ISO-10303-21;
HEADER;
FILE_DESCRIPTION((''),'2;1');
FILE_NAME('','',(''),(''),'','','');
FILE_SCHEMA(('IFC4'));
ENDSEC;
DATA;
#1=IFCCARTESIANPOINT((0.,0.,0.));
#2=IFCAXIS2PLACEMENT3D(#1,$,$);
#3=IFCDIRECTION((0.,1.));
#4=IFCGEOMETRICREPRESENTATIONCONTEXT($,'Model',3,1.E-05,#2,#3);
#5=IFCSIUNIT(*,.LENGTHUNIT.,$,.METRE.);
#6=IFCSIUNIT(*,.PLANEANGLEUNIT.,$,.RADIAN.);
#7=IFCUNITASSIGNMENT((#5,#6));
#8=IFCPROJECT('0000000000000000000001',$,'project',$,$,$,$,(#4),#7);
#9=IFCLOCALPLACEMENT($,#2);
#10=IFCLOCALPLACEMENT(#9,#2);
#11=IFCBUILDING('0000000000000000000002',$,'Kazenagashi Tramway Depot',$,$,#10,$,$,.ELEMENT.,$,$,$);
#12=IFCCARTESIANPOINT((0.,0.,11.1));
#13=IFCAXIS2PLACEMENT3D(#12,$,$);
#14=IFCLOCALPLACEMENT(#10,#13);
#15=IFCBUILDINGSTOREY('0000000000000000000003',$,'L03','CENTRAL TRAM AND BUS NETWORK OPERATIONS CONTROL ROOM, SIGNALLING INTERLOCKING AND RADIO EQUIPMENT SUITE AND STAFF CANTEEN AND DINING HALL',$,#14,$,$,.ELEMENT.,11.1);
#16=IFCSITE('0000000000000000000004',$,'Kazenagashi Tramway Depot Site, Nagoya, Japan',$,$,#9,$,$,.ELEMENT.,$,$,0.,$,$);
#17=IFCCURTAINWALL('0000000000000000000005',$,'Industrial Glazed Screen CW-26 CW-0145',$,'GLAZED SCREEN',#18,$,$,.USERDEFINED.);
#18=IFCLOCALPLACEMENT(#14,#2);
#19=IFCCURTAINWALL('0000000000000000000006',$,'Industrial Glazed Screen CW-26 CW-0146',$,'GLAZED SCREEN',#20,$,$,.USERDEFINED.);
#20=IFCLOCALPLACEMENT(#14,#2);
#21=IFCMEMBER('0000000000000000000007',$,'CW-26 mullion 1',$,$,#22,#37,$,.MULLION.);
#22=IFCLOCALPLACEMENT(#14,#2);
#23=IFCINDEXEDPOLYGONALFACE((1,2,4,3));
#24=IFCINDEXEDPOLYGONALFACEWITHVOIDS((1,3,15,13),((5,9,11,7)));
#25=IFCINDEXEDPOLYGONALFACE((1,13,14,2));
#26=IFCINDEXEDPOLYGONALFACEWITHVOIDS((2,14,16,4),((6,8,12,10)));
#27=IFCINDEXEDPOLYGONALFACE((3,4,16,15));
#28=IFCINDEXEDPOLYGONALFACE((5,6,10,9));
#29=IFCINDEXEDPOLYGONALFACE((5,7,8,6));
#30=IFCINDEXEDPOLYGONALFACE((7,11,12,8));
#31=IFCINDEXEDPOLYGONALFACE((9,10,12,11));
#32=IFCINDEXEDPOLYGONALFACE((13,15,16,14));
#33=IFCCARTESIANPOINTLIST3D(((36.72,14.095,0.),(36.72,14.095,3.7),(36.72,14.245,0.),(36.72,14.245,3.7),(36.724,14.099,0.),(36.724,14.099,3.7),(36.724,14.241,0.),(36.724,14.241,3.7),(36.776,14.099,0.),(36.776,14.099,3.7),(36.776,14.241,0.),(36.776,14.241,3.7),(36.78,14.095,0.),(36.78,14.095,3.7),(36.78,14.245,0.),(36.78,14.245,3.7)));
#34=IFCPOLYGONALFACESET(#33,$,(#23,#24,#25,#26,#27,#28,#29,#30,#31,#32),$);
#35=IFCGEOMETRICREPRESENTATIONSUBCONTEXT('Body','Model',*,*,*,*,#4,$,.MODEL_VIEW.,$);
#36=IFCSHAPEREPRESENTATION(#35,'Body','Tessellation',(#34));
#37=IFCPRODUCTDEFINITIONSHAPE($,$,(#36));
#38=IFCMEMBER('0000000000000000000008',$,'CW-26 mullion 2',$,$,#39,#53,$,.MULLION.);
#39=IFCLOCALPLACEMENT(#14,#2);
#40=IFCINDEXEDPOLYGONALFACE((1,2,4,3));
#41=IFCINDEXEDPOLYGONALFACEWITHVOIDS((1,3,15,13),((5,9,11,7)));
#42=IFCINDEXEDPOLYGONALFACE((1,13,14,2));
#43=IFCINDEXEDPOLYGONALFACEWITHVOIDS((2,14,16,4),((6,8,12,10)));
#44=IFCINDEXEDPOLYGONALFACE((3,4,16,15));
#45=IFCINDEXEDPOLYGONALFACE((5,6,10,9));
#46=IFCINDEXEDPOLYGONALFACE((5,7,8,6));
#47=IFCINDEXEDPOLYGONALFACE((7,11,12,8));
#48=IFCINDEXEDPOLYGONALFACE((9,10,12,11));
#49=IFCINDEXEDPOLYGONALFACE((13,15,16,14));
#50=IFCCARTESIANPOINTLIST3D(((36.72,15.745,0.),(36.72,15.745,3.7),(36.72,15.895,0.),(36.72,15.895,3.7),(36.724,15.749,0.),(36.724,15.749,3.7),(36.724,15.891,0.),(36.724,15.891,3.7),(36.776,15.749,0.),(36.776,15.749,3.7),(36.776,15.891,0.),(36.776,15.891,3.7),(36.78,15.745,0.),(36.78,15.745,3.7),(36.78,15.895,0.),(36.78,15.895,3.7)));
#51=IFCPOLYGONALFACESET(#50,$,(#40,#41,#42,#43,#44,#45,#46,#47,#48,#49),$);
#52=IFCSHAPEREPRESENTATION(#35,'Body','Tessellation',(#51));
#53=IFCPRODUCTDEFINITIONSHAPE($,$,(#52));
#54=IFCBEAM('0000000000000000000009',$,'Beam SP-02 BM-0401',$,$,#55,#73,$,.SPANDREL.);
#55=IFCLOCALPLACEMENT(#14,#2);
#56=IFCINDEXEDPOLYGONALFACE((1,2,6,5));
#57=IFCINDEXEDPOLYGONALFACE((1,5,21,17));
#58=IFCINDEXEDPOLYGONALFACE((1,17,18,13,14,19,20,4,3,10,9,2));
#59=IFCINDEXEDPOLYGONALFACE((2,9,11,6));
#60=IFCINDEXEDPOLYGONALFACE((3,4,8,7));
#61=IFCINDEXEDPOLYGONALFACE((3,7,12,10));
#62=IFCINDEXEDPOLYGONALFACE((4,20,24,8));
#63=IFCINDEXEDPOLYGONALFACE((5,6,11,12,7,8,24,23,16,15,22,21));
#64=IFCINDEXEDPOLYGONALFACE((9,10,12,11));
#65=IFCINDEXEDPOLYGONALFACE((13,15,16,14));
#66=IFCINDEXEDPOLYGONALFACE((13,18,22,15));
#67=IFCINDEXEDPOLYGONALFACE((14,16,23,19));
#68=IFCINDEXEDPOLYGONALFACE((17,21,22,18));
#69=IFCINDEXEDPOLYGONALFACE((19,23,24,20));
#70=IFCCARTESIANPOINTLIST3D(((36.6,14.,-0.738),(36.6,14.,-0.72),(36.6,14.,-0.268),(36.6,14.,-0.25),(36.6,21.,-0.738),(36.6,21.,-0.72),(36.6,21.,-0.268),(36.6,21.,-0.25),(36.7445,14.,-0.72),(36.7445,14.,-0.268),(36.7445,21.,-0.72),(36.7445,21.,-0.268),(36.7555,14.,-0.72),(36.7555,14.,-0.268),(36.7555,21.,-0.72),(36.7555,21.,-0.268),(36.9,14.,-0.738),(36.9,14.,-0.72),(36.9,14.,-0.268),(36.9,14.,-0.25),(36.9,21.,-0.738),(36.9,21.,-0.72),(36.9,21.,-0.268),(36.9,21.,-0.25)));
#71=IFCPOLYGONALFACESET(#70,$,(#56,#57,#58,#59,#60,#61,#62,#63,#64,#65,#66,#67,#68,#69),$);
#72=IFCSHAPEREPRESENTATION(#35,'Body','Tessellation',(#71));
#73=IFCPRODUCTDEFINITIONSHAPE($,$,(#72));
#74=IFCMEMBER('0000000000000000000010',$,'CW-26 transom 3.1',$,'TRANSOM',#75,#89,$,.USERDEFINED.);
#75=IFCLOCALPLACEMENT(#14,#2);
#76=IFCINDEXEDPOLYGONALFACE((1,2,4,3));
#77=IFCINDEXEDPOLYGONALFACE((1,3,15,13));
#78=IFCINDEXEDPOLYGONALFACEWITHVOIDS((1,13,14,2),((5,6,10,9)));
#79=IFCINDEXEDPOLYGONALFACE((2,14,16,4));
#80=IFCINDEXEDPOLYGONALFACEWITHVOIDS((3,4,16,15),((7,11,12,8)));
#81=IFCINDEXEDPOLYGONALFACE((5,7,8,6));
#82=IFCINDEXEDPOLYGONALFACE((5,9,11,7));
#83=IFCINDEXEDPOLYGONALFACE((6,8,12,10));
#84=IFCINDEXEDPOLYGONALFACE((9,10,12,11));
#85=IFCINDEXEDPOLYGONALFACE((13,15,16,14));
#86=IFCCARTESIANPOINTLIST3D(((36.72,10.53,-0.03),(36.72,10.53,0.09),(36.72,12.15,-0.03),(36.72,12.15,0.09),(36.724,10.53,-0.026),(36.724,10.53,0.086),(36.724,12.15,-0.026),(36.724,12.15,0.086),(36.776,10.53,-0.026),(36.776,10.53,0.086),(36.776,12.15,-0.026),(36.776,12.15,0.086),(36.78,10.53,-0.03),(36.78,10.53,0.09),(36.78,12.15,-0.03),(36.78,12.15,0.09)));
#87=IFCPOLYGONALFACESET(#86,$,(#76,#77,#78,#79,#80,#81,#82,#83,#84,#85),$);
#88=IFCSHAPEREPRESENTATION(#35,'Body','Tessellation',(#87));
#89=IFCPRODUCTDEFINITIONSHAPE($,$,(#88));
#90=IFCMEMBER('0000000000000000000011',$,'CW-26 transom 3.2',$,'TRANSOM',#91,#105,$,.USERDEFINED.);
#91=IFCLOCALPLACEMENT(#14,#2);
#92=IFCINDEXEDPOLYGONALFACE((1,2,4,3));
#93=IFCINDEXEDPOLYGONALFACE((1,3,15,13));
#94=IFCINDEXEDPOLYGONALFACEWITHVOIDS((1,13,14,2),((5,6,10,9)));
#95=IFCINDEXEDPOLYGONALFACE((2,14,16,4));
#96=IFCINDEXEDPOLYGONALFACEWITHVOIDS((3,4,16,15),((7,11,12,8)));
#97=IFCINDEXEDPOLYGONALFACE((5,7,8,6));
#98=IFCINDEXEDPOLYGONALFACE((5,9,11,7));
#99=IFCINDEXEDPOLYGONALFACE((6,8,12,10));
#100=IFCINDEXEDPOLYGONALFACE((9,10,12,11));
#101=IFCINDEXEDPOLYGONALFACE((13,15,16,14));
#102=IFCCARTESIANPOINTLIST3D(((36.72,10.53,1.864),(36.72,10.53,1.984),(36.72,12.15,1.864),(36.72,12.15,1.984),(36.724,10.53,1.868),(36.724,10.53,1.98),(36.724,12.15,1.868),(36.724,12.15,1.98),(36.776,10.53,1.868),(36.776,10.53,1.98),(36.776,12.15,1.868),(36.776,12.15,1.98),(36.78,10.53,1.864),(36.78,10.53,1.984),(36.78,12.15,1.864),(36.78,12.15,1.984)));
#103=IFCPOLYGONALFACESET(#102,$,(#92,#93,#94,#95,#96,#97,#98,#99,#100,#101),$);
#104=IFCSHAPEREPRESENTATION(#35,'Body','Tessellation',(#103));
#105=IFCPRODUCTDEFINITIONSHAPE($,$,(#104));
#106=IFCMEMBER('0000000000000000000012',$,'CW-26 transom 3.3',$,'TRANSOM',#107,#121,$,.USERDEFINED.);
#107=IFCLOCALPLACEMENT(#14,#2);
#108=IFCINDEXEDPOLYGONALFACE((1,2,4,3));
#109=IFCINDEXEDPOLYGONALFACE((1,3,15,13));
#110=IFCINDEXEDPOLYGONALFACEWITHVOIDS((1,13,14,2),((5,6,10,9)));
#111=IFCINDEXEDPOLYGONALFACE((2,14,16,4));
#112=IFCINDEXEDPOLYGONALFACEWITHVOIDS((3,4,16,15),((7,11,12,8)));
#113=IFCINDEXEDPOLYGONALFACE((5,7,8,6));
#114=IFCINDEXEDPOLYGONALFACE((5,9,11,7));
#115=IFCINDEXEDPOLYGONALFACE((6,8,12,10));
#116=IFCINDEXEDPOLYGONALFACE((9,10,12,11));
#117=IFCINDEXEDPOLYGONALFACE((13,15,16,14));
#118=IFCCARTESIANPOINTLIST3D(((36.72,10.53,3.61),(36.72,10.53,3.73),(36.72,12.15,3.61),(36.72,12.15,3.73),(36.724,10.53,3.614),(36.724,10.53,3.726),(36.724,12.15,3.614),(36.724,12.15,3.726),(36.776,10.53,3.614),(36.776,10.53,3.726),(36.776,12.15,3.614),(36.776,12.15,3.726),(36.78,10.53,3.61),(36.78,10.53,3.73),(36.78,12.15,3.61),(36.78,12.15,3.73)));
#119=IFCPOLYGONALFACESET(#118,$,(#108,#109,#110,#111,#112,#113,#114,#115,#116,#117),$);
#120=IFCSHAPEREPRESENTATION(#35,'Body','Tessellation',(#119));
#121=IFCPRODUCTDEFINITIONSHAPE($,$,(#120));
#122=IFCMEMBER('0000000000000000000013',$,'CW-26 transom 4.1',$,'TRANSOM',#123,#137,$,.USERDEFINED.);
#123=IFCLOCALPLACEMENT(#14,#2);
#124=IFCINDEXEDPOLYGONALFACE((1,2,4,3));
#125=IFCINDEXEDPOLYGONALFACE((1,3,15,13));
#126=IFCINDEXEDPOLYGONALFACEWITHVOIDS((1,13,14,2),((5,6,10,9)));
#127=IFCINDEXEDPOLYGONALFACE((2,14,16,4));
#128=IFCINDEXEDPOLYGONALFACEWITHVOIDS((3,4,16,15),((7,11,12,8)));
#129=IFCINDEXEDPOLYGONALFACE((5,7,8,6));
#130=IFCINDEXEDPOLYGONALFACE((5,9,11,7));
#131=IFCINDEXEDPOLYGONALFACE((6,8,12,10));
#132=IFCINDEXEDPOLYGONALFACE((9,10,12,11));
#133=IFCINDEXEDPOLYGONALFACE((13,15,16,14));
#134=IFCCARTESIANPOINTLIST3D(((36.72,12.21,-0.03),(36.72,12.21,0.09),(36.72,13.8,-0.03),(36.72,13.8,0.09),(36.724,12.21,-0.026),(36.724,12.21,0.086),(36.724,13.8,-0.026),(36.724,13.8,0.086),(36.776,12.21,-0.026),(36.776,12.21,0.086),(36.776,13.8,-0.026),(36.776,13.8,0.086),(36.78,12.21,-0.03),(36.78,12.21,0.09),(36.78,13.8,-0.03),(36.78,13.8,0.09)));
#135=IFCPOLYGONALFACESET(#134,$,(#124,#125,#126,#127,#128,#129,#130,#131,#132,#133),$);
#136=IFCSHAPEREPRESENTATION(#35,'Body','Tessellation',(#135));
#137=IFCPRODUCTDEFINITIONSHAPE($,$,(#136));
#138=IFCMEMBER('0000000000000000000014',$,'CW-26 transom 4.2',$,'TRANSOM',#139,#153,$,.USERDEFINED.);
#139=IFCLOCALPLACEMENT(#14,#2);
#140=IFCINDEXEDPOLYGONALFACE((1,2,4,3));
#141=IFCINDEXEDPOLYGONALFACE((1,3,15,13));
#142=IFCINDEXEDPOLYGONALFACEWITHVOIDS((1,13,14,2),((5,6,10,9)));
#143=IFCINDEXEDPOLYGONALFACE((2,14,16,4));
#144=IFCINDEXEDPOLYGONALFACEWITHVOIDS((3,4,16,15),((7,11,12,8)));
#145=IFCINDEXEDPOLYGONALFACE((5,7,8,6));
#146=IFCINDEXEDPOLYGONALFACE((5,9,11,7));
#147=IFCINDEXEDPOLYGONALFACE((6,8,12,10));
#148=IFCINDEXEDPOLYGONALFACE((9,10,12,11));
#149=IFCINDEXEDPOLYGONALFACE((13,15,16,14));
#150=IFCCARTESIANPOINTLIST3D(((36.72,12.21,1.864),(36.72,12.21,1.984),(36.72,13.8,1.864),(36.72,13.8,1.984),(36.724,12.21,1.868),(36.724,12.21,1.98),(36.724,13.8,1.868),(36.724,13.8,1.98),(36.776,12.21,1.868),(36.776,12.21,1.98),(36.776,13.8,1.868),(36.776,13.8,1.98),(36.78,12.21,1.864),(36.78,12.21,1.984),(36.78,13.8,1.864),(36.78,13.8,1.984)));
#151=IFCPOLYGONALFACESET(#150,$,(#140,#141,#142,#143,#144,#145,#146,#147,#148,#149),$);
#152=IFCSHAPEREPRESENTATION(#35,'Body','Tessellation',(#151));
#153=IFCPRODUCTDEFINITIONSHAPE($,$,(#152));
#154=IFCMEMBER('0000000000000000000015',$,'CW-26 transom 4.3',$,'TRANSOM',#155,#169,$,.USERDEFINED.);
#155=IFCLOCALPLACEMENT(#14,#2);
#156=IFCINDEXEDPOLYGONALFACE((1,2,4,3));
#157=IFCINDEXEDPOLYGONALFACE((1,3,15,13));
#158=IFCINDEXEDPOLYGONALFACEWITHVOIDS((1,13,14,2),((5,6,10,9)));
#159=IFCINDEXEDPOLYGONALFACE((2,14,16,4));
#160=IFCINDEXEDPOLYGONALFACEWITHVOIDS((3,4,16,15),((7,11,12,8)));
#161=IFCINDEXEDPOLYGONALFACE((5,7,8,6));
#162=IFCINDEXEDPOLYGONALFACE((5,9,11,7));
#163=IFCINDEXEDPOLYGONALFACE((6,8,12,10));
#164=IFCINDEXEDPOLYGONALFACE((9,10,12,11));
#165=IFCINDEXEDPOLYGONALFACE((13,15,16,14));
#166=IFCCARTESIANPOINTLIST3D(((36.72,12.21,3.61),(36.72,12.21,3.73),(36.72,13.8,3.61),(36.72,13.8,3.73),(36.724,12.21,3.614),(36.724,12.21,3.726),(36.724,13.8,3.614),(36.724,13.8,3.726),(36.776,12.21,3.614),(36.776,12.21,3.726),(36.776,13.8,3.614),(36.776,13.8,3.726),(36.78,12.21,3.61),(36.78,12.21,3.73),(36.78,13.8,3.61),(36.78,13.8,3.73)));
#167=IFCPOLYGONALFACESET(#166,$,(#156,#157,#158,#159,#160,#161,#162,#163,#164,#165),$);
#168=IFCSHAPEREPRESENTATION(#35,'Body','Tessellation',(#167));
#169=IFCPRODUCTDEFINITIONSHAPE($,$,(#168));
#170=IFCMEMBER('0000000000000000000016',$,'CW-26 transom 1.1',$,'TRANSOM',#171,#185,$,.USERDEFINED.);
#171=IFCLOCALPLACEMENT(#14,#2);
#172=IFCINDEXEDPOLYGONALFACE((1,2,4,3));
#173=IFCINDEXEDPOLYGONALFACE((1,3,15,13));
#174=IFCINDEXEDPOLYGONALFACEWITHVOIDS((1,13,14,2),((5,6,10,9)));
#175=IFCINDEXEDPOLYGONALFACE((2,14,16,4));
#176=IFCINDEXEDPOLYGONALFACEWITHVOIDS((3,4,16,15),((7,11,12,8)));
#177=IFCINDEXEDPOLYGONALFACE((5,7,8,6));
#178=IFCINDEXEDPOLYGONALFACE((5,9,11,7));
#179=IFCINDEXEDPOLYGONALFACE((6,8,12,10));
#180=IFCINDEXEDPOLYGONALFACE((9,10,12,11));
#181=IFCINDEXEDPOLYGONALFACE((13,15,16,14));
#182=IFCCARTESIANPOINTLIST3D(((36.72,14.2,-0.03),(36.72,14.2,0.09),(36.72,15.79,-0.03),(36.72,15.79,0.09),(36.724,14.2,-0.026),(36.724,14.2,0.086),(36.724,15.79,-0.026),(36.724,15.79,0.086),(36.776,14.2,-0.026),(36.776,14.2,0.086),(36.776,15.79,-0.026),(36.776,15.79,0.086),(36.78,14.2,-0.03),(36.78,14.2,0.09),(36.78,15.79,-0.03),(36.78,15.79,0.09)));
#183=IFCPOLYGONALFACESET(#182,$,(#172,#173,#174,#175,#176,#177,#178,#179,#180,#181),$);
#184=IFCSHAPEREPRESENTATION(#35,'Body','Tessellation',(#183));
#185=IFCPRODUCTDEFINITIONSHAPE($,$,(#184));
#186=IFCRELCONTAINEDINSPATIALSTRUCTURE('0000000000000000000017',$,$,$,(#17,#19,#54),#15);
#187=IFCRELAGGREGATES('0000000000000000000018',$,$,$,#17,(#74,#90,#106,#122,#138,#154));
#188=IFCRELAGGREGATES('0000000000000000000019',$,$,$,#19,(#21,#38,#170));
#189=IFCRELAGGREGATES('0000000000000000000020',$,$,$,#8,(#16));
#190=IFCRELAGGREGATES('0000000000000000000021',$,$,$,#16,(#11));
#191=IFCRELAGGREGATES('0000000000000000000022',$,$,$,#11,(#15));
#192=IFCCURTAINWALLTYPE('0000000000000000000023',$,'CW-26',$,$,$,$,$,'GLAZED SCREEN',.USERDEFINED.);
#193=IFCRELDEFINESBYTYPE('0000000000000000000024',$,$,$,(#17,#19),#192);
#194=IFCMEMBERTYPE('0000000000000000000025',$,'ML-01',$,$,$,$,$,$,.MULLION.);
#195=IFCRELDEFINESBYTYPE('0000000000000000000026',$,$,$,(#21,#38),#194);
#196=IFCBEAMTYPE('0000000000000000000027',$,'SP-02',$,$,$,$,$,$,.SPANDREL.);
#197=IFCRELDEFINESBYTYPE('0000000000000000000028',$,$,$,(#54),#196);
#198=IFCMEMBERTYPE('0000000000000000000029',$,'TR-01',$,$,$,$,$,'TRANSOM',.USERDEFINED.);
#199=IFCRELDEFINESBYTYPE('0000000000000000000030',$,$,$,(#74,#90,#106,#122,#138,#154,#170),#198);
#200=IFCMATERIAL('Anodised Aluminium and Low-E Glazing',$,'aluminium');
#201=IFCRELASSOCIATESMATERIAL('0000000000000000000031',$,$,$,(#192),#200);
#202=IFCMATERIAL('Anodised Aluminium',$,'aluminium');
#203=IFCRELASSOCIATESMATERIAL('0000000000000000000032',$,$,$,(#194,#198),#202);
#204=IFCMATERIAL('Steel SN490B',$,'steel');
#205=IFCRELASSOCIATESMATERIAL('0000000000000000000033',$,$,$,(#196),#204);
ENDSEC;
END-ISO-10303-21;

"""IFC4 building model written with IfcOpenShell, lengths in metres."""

from ifc_helpers import new_model, si_unit, direction, frame, origin, origin_2d, place, context, subcontext, project, spatial, hollow_rectangle, i_section, extrude, material, material_profile, profile_set, type_object, element, aggregate, save


model = new_model("IFC4")

# Units and contexts
model_context = context("Model", 3, precision=1e-05, world=origin(), true_north=direction((0.0, 1.0)))
body_context = subcontext(model_context, "Body", "Model", "MODEL_VIEW")
ifc_project = project(units=[si_unit("LENGTHUNIT", "METRE"), si_unit("PLANEANGLEUNIT", "RADIAN")], contexts=[model_context])

# Site, building, storey
site_placement = place(None, origin())
site = spatial("IfcSite", under=ifc_project, at=site_placement, Name="Kazenagashi Tramway Depot Site, Nagoya, Japan", CompositionType="ELEMENT", RefElevation=0.0)
building_placement = place(site_placement, origin())
building = spatial("IfcBuilding", under=site, at=building_placement, Name="Kazenagashi Tramway Depot", CompositionType="ELEMENT")
storey_placement = place(building_placement, frame((0.0, 0.0, 11.1)))
storey = spatial("IfcBuildingStorey", under=building, at=storey_placement, Name="L03", Description="CENTRAL TRAM AND BUS NETWORK OPERATIONS CONTROL ROOM, SIGNALLING INTERLOCKING AND RADIO EQUIPMENT SUITE AND STAFF CANTEEN AND DINING HALL", CompositionType="ELEMENT", Elevation=11.1)

# Shared definitions
ifc_material_1 = material(Name="Steel SN490B", Category="steel")

# Curtain walls, members
ifc_material_2 = material(Name="Anodised Aluminium and Low-E Glazing", Category="aluminium")
curtain_wall_type = type_object("IfcCurtainWallType", Name="CW-26", ElementType="GLAZED SCREEN", PredefinedType="USERDEFINED", material=ifc_material_2)
curtain_wall_1_placement = place(storey_placement, origin())
curtain_wall_1 = element("IfcCurtainWall", 1, at=curtain_wall_1_placement, inside=storey, type_object=curtain_wall_type, Name="Industrial Glazed Screen CW-26 CW-0145", ObjectType="GLAZED SCREEN", PredefinedType="USERDEFINED")
ifc_material_3 = material(Name="Anodised Aluminium", Category="aluminium")
ifc_material_profile_1 = material_profile(ifc_material_3, hollow_rectangle(XDim=0.06, YDim=0.15, WallThickness=0.004, at=origin_2d()), Name="RHS-150x60x4")
ifc_profile_set_1 = profile_set([ifc_material_profile_1], Name="Anodised Aluminium")
member_type_1 = type_object("IfcMemberType", Name="ML-01", PredefinedType="MULLION", material=ifc_profile_set_1)
curtain_wall_2_placement = place(storey_placement, origin())
curtain_wall_2 = element("IfcCurtainWall", 2, at=curtain_wall_2_placement, inside=storey, type_object=curtain_wall_type, Name="Industrial Glazed Screen CW-26 CW-0146", ObjectType="GLAZED SCREEN", PredefinedType="USERDEFINED")
member_1_placement = place(storey_placement, frame((36.75, 14.17, 0.0), z_axis=(0.0, 0.0, 1.0), x_axis=(-1.0, 0.0, 0.0)))
member_1 = element("IfcMember", 3, at=member_1_placement, type_object=member_type_1, Name="CW-26 mullion 1", PredefinedType="MULLION", context=body_context, shape_type="SweptSolid", body=[
    extrude(hollow_rectangle(XDim=0.06, YDim=0.15, WallThickness=0.004, at=origin_2d()), origin(), (0.0, 0.0, 1.0), 3.7),
])
member_2_placement = place(storey_placement, frame((36.75, 15.82, 0.0), z_axis=(0.0, 0.0, 1.0), x_axis=(-1.0, 0.0, 0.0)))
member_2 = element("IfcMember", 4, at=member_2_placement, type_object=member_type_1, Name="CW-26 mullion 2", PredefinedType="MULLION", context=body_context, shape_type="SweptSolid", body=[
    extrude(hollow_rectangle(XDim=0.06, YDim=0.15, WallThickness=0.004, at=origin_2d()), origin(), (0.0, 0.0, 1.0), 3.7),
])

# Beam
ifc_material_profile_2 = material_profile(ifc_material_1, i_section(OverallWidth=0.3, OverallDepth=0.488, WebThickness=0.011, FlangeThickness=0.018, at=origin_2d()), Name="H-488x300x11x18")
ifc_profile_set_2 = profile_set([ifc_material_profile_2], Name="Steel SN490B")
beam_type_1 = type_object("IfcBeamType", Name="SP-02", PredefinedType="SPANDREL", material=ifc_profile_set_2)
beam_1_placement = place(storey_placement, frame((36.75, 14.0, -0.494), z_axis=(0.0, 1.0, 0.0), x_axis=(-1.0, 0.0, 0.0)))
element("IfcBeam", 5, at=beam_1_placement, inside=storey, type_object=beam_type_1, Name="Beam SP-02 BM-0401", PredefinedType="SPANDREL", context=body_context, shape_type="SweptSolid", body=[
    extrude(i_section(OverallWidth=0.3, OverallDepth=0.488, WebThickness=0.011, FlangeThickness=0.018, at=origin_2d()), origin(), (0.0, 0.0, 1.0), 7.0),
])

# Members
ifc_material_profile_3 = material_profile(ifc_material_3, hollow_rectangle(XDim=0.06, YDim=0.12, WallThickness=0.004, at=origin_2d()), Name="RHS-120x60x4")
ifc_profile_set_3 = profile_set([ifc_material_profile_3], Name="Anodised Aluminium")
member_type_2 = type_object("IfcMemberType", Name="TR-01", ElementType="TRANSOM", PredefinedType="USERDEFINED", material=ifc_profile_set_3)
member_3_placement = place(storey_placement, frame((36.75, 10.53, 0.03), z_axis=(0.0, 1.0, 0.0), x_axis=(-1.0, 0.0, 0.0)))
member_3 = element("IfcMember", 6, at=member_3_placement, type_object=member_type_2, Name="CW-26 transom 3.1", ObjectType="TRANSOM", PredefinedType="USERDEFINED", context=body_context, shape_type="SweptSolid", body=[
    extrude(hollow_rectangle(XDim=0.06, YDim=0.12, WallThickness=0.004, at=origin_2d()), origin(), (0.0, 0.0, 1.0), 1.62),
])
member_4_placement = place(storey_placement, frame((36.75, 10.53, 1.924), z_axis=(0.0, 1.0, 0.0), x_axis=(-1.0, 0.0, 0.0)))
member_4 = element("IfcMember", 7, at=member_4_placement, type_object=member_type_2, Name="CW-26 transom 3.2", ObjectType="TRANSOM", PredefinedType="USERDEFINED", context=body_context, shape_type="SweptSolid", body=[
    extrude(hollow_rectangle(XDim=0.06, YDim=0.12, WallThickness=0.004, at=origin_2d()), origin(), (0.0, 0.0, 1.0), 1.62),
])
member_5_placement = place(storey_placement, frame((36.75, 10.53, 3.67), z_axis=(0.0, 1.0, 0.0), x_axis=(-1.0, 0.0, 0.0)))
member_5 = element("IfcMember", 8, at=member_5_placement, type_object=member_type_2, Name="CW-26 transom 3.3", ObjectType="TRANSOM", PredefinedType="USERDEFINED", context=body_context, shape_type="SweptSolid", body=[
    extrude(hollow_rectangle(XDim=0.06, YDim=0.12, WallThickness=0.004, at=origin_2d()), origin(), (0.0, 0.0, 1.0), 1.62),
])
member_6_placement = place(storey_placement, frame((36.75, 12.21, 0.03), z_axis=(0.0, 1.0, 0.0), x_axis=(-1.0, 0.0, 0.0)))
member_6 = element("IfcMember", 9, at=member_6_placement, type_object=member_type_2, Name="CW-26 transom 4.1", ObjectType="TRANSOM", PredefinedType="USERDEFINED", context=body_context, shape_type="SweptSolid", body=[
    extrude(hollow_rectangle(XDim=0.06, YDim=0.12, WallThickness=0.004, at=origin_2d()), origin(), (0.0, 0.0, 1.0), 1.59),
])
member_7_placement = place(storey_placement, frame((36.75, 12.21, 1.924), z_axis=(0.0, 1.0, 0.0), x_axis=(-1.0, 0.0, 0.0)))
member_7 = element("IfcMember", 10, at=member_7_placement, type_object=member_type_2, Name="CW-26 transom 4.2", ObjectType="TRANSOM", PredefinedType="USERDEFINED", context=body_context, shape_type="SweptSolid", body=[
    extrude(hollow_rectangle(XDim=0.06, YDim=0.12, WallThickness=0.004, at=origin_2d()), origin(), (0.0, 0.0, 1.0), 1.59),
])
member_8_placement = place(storey_placement, frame((36.75, 12.21, 3.67), z_axis=(0.0, 1.0, 0.0), x_axis=(-1.0, 0.0, 0.0)))
member_8 = element("IfcMember", 11, at=member_8_placement, type_object=member_type_2, Name="CW-26 transom 4.3", ObjectType="TRANSOM", PredefinedType="USERDEFINED", context=body_context, shape_type="SweptSolid", body=[
    extrude(hollow_rectangle(XDim=0.06, YDim=0.12, WallThickness=0.004, at=origin_2d()), origin(), (0.0, 0.0, 1.0), 1.59),
])
member_9_placement = place(storey_placement, frame((36.75, 14.2, 0.03), z_axis=(0.0, 1.0, 0.0), x_axis=(-1.0, 0.0, 0.0)))
member_9 = element("IfcMember", 12, at=member_9_placement, type_object=member_type_2, Name="CW-26 transom 1.1", ObjectType="TRANSOM", PredefinedType="USERDEFINED", context=body_context, shape_type="SweptSolid", body=[
    extrude(hollow_rectangle(XDim=0.06, YDim=0.12, WallThickness=0.004, at=origin_2d()), origin(), (0.0, 0.0, 1.0), 1.59),
])

aggregate(curtain_wall_1, [member_3, member_4, member_5, member_6, member_7, member_8])
aggregate(curtain_wall_2, [member_1, member_2, member_9])

save(model, "model.ifc")
